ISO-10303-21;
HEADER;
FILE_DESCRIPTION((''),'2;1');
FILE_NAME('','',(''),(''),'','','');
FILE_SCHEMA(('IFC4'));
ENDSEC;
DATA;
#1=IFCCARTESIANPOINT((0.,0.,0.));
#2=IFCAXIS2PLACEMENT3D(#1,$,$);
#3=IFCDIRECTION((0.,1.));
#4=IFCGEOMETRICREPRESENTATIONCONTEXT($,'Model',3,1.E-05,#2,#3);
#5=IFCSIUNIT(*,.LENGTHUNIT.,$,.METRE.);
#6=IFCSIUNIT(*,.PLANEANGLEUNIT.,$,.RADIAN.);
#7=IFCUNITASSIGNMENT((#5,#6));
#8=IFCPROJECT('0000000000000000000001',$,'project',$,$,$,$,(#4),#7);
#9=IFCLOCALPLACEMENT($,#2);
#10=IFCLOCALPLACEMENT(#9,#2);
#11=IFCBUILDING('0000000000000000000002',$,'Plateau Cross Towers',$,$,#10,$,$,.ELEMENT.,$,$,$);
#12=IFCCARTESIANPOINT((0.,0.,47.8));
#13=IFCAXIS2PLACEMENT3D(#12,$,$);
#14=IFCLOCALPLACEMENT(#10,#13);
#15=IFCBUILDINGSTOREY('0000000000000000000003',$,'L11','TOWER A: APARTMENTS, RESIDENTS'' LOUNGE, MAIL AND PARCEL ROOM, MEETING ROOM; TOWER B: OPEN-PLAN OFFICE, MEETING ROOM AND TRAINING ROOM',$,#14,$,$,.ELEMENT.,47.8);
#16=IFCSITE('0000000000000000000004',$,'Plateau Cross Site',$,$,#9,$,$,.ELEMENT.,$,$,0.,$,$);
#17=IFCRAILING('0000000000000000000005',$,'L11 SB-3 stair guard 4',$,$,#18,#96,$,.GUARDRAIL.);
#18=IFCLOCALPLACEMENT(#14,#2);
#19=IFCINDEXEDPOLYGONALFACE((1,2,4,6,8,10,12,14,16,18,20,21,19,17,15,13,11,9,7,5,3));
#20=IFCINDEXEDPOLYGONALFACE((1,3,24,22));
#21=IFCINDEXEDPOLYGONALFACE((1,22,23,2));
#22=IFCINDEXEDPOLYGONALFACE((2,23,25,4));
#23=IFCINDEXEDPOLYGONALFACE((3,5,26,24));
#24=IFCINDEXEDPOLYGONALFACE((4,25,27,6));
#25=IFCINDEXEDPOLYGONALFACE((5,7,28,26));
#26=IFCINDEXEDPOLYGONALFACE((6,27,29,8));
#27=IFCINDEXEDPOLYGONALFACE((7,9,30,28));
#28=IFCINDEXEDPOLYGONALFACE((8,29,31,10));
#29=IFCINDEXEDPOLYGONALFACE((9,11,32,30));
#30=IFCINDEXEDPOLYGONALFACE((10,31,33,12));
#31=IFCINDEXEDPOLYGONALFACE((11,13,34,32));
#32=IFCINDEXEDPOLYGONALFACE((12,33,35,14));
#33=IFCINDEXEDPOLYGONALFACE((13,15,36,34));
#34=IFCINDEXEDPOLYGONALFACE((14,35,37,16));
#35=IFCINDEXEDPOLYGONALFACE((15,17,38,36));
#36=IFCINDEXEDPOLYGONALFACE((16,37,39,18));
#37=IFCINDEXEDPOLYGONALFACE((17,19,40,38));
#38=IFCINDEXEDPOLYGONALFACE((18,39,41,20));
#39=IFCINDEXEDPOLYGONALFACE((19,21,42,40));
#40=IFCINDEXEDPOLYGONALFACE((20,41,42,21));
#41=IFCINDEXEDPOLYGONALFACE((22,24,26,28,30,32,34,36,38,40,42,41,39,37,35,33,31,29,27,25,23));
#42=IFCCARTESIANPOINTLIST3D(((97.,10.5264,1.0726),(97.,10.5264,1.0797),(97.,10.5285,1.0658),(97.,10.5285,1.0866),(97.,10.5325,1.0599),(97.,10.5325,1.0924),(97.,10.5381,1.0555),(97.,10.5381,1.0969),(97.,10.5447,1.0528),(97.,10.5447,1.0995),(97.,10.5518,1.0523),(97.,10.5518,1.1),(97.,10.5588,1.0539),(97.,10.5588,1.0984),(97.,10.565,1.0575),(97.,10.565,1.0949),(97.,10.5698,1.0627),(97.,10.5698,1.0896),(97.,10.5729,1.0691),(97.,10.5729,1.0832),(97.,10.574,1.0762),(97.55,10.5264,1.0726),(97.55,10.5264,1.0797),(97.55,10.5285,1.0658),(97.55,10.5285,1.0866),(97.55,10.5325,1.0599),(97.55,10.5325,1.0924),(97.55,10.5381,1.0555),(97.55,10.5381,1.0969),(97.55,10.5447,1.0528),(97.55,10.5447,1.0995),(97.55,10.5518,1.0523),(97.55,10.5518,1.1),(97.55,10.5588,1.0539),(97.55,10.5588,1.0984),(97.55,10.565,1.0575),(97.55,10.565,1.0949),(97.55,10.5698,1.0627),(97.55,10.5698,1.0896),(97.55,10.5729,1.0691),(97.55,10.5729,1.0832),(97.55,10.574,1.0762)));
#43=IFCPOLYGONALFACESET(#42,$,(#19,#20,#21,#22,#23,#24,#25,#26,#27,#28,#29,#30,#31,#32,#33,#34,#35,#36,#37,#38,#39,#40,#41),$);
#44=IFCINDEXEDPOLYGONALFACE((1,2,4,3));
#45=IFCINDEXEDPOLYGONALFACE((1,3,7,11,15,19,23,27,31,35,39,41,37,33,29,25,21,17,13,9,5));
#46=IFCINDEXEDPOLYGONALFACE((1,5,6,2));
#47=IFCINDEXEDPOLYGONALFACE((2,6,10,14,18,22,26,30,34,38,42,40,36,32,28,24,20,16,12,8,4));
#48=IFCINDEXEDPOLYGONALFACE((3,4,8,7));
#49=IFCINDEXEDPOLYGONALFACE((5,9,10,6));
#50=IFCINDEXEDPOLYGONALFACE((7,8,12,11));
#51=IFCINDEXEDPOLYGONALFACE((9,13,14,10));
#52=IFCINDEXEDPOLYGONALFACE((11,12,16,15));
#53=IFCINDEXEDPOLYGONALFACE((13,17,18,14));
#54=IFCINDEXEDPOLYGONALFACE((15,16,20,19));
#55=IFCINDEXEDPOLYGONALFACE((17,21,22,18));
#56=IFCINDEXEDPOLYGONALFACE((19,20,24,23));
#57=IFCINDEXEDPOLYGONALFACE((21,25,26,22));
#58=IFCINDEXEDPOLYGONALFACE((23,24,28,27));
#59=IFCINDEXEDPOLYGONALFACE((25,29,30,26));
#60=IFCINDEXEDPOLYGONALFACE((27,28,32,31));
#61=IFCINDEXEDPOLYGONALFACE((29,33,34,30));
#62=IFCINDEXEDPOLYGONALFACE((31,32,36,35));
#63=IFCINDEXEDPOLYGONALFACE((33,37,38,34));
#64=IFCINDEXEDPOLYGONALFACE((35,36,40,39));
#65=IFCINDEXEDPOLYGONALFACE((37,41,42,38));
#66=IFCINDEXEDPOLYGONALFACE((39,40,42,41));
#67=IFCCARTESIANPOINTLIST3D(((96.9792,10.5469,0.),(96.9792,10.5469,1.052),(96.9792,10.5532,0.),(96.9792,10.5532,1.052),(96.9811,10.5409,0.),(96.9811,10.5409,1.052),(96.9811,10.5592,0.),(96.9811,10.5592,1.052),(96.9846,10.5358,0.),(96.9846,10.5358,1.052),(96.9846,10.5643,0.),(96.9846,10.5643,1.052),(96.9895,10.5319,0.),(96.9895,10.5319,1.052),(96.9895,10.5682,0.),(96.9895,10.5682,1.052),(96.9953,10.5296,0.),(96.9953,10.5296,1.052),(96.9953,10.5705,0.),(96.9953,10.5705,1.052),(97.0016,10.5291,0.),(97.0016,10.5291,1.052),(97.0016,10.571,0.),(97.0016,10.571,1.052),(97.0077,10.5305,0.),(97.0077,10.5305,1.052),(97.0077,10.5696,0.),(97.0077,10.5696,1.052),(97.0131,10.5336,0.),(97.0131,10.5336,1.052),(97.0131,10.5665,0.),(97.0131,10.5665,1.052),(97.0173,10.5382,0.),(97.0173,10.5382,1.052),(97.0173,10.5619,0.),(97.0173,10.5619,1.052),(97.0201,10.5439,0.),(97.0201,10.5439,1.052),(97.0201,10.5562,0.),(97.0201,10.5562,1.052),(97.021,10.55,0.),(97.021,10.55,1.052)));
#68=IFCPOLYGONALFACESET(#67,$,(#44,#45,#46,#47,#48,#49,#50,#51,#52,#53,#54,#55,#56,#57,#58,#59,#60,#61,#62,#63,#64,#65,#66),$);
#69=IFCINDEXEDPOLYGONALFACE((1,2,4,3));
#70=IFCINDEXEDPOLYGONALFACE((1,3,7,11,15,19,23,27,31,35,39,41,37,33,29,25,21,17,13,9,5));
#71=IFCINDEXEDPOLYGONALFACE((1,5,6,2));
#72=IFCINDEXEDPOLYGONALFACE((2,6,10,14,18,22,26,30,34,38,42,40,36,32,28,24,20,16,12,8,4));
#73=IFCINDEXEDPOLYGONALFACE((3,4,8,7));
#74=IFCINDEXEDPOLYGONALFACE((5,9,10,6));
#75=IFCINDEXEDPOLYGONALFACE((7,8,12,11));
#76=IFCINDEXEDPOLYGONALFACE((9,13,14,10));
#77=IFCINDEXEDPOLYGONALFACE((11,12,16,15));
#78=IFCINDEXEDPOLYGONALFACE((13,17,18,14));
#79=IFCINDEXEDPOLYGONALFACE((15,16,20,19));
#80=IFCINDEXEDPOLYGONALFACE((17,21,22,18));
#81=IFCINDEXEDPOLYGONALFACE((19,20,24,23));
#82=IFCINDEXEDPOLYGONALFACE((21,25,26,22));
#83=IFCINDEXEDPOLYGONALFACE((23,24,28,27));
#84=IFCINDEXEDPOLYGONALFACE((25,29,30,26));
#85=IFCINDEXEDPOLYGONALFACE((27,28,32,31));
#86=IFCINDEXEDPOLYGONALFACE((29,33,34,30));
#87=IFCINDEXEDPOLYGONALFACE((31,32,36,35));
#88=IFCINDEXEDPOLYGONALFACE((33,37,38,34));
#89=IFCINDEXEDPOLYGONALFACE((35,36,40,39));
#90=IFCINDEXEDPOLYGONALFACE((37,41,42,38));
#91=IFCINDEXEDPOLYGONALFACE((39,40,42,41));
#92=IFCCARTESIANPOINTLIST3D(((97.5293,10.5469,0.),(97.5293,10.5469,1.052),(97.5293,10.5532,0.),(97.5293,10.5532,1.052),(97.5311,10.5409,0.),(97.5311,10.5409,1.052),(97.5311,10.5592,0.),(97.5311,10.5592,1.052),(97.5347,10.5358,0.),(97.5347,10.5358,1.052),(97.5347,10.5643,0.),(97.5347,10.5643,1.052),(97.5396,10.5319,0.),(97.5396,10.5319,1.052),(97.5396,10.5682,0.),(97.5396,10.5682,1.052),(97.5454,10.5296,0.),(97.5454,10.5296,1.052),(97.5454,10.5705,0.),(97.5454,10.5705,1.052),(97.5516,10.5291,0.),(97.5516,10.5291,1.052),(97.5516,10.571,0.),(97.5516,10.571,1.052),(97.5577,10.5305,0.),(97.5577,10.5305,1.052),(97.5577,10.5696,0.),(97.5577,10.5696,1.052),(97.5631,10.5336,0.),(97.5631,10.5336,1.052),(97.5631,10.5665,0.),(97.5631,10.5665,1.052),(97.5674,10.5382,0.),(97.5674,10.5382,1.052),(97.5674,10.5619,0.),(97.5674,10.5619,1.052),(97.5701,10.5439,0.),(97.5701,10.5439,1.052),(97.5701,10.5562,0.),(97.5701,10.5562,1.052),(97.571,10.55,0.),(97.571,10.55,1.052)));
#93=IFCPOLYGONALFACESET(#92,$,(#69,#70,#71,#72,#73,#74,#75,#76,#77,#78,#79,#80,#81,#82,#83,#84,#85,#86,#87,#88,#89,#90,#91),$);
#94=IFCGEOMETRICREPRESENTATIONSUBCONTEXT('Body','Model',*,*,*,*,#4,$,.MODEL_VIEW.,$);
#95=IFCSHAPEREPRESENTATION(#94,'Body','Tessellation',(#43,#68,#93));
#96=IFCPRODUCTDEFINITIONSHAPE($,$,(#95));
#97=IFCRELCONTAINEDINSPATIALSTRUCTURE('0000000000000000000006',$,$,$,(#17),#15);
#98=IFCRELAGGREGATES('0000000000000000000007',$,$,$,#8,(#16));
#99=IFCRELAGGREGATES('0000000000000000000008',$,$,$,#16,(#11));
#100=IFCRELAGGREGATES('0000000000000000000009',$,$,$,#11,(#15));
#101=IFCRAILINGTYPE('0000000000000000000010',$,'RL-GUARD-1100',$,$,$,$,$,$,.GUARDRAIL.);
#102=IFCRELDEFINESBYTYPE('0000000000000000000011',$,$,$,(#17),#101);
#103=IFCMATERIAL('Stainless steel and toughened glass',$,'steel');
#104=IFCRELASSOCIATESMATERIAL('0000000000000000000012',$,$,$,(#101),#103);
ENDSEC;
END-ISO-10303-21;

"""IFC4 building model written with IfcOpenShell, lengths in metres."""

from ifc_helpers import new_model, si_unit, direction, frame, origin, origin_2d, place, context, subcontext, project, spatial, circle, extrude, material, type_object, element, save


model = new_model("IFC4")

# Units and contexts
model_context = context("Model", 3, precision=1e-05, world=origin(), true_north=direction((0.0, 1.0)))
body_context = subcontext(model_context, "Body", "Model", "MODEL_VIEW")
ifc_project = project(units=[si_unit("LENGTHUNIT", "METRE"), si_unit("PLANEANGLEUNIT", "RADIAN")], contexts=[model_context])

# Site, building, storey
site_placement = place(None, origin())
site = spatial("IfcSite", under=ifc_project, at=site_placement, Name="Plateau Cross Site", CompositionType="ELEMENT", RefElevation=0.0)
building_placement = place(site_placement, origin())
building = spatial("IfcBuilding", under=site, at=building_placement, Name="Plateau Cross Towers", CompositionType="ELEMENT")
storey_placement = place(building_placement, frame((0.0, 0.0, 47.8)))
storey = spatial("IfcBuildingStorey", under=building, at=storey_placement, Name="L11", Description="TOWER A: APARTMENTS, RESIDENTS' LOUNGE, MAIL AND PARCEL ROOM, MEETING ROOM; TOWER B: OPEN-PLAN OFFICE, MEETING ROOM AND TRAINING ROOM", CompositionType="ELEMENT", Elevation=47.8)

# Railing
ifc_material_1 = material(Name="Stainless steel and toughened glass", Category="steel")
railing_type_1 = type_object("IfcRailingType", Name="RL-GUARD-1100", PredefinedType="GUARDRAIL", material=ifc_material_1)
railing_1_placement = place(storey_placement, frame((97.0, 10.55, 0.0)))
element("IfcRailing", 1, at=railing_1_placement, inside=storey, type_object=railing_type_1, Name="L11 SB-3 stair guard 4", PredefinedType="GUARDRAIL", context=body_context, shape_type="SweptSolid", body=[
    extrude(circle(Radius=0.0239, at=origin_2d()), frame((0.0, 0.0, 1.0762), z_axis=(1.0, 0.0, 0.0), x_axis=(0.0, 1.0, 0.0)), (0.0, 0.0, 1.0), 0.55),
    extrude(circle(Radius=0.021, at=origin_2d()), origin(), (0.0, 0.0, 1.0), 1.052),
    extrude(circle(Radius=0.021, at=origin_2d()), frame((0.55, 0.0, 0.0)), (0.0, 0.0, 1.0), 1.052),
])

save(model, "model.ifc")
